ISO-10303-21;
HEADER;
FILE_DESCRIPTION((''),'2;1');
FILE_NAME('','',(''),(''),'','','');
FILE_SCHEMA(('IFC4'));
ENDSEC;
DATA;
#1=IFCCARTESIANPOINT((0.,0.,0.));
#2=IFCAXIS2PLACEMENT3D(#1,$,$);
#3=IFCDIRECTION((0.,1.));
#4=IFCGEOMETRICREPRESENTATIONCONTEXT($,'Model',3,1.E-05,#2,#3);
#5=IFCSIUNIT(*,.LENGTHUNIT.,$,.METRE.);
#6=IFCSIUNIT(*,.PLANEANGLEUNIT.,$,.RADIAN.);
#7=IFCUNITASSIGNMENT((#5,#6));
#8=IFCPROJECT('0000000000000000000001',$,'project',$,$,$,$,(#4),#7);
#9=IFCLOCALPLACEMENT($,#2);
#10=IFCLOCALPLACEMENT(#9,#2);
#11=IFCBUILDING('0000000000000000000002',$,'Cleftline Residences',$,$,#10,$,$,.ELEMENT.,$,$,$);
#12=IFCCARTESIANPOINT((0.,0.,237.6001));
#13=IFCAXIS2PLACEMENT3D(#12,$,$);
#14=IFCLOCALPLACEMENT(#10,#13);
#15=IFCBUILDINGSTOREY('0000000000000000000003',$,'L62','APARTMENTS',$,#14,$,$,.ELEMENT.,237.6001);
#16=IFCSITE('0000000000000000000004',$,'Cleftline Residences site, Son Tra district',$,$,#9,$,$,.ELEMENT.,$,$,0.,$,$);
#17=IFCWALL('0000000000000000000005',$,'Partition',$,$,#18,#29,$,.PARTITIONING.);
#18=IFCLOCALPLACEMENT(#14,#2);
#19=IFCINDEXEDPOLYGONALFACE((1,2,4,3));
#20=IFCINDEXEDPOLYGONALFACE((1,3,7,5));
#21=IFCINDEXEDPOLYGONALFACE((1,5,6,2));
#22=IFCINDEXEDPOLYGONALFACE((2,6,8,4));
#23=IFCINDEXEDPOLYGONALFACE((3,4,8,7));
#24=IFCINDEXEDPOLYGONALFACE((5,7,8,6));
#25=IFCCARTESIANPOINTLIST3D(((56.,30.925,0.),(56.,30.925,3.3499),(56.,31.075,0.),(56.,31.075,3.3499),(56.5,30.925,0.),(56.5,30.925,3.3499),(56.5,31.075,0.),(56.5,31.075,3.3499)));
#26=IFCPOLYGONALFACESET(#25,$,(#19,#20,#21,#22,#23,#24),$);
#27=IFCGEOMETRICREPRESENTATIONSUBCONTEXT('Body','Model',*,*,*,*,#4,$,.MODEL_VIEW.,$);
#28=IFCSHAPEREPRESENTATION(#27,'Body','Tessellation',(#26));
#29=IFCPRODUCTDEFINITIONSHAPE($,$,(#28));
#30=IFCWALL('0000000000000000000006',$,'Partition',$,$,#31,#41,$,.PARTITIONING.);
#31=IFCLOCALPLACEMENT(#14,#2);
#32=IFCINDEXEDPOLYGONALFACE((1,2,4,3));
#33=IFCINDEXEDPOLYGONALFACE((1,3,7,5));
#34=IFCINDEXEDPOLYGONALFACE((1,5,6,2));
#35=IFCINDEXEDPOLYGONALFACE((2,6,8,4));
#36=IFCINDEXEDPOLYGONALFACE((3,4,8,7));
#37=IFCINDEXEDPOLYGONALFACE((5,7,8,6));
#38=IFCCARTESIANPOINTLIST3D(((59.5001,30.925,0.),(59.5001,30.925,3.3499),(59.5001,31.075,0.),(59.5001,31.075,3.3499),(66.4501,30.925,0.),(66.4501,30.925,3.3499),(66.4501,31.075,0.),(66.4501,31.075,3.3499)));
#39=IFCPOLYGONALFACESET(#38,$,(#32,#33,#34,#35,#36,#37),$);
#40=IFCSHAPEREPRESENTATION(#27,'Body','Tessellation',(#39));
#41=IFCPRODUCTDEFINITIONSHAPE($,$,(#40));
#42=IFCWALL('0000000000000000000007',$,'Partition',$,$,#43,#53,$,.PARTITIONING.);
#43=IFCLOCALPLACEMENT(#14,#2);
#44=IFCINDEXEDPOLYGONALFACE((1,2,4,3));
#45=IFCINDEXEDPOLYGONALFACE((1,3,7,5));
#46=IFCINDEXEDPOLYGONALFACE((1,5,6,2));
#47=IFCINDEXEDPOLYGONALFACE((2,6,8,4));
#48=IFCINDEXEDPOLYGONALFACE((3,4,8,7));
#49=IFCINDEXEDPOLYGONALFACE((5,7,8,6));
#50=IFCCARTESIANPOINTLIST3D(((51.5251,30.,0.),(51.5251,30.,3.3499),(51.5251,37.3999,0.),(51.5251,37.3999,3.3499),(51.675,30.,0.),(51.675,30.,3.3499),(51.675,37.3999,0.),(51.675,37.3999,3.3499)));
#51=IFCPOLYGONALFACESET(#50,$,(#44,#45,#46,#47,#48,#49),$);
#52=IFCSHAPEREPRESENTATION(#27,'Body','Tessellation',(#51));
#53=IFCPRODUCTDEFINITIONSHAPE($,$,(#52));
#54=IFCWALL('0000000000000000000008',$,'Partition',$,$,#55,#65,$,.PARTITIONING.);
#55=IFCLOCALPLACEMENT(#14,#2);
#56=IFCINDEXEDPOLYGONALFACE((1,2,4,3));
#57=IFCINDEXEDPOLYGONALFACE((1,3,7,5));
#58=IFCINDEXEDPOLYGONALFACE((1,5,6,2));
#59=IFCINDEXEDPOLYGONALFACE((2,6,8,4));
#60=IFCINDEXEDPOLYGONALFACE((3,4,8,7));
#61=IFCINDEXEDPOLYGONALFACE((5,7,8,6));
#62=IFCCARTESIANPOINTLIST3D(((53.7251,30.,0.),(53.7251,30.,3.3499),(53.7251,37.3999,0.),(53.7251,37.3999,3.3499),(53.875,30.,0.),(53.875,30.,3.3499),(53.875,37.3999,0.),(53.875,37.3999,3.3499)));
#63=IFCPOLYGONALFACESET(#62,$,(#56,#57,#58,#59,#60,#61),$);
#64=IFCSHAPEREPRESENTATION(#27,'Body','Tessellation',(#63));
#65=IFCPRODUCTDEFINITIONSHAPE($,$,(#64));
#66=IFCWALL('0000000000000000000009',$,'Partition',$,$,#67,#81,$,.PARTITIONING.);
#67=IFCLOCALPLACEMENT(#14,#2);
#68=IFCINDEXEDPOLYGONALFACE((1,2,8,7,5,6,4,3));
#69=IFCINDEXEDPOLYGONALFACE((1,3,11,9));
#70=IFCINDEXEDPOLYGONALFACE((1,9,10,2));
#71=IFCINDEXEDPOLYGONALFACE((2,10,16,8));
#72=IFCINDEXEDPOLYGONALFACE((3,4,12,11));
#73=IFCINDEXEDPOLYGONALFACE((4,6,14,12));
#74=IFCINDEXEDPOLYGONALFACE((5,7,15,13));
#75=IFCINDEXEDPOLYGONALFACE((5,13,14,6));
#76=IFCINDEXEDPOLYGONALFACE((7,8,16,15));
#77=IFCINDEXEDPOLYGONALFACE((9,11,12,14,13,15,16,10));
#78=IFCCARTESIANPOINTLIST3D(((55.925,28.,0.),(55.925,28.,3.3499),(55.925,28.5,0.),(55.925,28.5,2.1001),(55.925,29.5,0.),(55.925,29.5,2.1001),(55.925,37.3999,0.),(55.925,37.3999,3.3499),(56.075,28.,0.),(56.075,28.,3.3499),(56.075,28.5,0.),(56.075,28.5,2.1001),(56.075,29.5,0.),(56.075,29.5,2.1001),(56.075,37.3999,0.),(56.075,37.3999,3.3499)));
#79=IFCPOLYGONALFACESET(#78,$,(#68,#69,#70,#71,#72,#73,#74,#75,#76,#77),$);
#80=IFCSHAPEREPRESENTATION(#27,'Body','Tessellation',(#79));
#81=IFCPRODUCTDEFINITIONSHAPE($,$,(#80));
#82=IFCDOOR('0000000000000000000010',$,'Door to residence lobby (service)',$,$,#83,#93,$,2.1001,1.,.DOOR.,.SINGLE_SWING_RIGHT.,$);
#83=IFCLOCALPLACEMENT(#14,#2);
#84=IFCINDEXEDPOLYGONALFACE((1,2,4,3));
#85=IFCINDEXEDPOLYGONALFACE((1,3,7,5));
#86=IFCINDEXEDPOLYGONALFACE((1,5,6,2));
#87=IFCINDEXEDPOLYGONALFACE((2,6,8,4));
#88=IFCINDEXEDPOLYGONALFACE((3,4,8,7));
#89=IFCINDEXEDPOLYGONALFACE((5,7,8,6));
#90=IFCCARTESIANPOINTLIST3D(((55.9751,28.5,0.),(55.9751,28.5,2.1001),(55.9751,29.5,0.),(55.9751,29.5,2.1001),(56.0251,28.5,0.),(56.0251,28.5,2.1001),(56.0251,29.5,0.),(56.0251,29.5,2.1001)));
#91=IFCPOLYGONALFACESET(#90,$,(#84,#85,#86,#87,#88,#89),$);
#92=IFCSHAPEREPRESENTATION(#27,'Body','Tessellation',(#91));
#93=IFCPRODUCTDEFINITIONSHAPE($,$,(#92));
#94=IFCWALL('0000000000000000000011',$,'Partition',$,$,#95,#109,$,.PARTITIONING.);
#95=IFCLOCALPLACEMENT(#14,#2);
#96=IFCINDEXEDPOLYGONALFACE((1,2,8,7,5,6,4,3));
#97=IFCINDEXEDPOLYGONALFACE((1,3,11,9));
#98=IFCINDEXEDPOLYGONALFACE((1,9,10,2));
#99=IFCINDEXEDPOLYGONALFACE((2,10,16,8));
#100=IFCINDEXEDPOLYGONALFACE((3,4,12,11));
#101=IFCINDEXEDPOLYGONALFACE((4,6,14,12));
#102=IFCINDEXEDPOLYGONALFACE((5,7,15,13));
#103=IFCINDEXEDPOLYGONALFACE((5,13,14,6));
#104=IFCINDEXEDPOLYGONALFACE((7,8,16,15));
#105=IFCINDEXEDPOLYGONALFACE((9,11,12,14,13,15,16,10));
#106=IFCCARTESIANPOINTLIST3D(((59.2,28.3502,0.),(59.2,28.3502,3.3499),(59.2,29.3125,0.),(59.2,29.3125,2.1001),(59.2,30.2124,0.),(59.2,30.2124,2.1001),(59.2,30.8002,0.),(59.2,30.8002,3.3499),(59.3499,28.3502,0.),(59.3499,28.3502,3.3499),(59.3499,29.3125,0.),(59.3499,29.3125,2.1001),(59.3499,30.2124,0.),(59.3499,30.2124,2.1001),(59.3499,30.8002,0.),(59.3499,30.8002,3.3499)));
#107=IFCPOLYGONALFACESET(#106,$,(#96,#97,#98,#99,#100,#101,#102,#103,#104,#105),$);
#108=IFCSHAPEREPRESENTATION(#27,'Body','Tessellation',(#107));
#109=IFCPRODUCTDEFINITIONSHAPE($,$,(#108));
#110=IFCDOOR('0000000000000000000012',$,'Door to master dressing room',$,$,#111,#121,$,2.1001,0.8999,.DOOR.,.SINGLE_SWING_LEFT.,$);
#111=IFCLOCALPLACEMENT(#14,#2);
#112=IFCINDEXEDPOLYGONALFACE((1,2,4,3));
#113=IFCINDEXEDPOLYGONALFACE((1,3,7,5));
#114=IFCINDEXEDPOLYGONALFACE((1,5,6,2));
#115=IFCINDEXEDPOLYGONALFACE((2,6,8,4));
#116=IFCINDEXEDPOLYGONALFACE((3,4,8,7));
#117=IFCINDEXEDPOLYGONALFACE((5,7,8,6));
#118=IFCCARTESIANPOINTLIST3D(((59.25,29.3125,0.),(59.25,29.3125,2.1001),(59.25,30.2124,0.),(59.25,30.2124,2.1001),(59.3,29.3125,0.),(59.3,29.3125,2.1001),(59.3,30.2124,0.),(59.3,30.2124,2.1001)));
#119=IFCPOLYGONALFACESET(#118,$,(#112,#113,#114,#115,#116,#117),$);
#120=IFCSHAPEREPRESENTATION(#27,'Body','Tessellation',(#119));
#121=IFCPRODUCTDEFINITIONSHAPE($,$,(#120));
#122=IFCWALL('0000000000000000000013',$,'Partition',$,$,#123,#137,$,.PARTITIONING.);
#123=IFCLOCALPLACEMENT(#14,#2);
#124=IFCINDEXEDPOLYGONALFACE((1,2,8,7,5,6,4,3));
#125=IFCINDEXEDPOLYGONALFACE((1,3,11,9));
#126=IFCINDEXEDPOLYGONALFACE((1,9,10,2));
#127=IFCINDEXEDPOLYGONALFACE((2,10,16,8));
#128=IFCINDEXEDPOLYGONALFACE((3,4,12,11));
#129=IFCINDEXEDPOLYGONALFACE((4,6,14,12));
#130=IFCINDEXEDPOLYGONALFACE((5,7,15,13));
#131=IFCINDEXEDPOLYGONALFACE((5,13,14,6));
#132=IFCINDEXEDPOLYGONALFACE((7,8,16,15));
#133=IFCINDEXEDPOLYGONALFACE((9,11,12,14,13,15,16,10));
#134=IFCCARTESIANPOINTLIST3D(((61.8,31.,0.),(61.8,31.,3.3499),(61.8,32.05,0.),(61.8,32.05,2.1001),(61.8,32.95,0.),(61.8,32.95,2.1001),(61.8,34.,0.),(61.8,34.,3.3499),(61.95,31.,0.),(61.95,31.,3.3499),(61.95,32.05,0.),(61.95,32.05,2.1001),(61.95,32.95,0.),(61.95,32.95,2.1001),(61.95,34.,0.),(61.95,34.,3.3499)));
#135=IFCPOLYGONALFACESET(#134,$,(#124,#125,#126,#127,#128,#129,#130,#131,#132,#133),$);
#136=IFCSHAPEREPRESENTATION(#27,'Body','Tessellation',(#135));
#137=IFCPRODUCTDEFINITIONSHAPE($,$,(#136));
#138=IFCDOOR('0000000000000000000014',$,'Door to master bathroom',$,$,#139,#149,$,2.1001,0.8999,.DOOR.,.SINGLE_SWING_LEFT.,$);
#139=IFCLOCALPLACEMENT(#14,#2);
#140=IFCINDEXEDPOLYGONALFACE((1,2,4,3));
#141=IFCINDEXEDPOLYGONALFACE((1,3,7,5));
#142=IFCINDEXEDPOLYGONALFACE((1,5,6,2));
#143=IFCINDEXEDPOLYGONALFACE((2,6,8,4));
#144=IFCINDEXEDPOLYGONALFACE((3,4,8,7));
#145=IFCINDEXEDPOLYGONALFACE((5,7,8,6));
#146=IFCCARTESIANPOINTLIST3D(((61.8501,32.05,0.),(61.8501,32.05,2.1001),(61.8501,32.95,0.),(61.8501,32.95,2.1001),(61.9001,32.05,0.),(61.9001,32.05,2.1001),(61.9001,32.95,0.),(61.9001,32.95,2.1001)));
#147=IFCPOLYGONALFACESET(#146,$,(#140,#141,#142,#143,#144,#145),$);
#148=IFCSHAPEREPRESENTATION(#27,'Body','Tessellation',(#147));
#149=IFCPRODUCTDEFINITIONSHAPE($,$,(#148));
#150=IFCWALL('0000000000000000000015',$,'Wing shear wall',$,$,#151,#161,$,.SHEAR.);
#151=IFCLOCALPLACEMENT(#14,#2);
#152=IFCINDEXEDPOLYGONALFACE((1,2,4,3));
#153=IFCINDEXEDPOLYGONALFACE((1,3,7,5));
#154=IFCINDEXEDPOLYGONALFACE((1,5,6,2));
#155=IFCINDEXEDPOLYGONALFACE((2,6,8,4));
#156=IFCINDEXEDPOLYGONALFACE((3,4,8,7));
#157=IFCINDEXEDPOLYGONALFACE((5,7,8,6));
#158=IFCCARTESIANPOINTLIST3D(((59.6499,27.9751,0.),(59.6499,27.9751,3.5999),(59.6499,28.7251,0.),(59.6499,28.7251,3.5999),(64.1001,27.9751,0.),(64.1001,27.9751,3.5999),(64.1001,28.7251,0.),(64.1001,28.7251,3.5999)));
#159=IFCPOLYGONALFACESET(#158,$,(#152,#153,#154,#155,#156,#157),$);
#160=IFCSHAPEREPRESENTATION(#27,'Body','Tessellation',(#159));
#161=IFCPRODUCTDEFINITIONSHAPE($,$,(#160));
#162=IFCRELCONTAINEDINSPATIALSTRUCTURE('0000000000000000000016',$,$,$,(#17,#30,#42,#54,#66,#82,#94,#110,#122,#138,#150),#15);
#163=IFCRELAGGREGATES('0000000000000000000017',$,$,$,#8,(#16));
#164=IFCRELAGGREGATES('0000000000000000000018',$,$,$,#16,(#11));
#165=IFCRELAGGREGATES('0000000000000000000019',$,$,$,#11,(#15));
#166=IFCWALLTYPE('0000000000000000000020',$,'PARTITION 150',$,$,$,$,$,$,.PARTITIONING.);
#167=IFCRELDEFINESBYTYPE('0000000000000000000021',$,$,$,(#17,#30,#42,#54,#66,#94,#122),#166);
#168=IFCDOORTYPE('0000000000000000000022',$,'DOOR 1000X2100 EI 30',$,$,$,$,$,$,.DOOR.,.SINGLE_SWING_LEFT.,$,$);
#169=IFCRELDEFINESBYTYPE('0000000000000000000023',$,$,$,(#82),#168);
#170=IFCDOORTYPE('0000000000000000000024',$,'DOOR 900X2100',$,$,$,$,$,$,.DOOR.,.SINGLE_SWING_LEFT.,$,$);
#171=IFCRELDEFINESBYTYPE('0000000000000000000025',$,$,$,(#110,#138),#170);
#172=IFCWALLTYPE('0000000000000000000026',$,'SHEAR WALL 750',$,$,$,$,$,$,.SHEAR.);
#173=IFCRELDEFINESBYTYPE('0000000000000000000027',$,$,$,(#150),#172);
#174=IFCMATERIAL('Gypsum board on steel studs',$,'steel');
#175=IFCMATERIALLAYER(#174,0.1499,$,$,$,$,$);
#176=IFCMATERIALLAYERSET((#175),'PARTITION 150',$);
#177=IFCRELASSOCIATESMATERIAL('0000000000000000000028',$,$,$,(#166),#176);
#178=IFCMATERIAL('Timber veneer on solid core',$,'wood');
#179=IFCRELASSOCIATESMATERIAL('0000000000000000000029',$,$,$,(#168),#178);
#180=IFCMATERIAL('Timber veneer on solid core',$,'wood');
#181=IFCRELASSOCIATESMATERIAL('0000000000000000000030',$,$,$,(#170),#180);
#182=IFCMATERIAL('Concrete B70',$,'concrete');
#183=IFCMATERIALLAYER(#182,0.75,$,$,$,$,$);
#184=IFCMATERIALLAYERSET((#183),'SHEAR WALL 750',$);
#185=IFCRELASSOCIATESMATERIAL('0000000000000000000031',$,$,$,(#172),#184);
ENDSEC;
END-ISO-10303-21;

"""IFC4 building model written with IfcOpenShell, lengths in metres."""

from ifc_helpers import new_model, si_unit, direction, frame, frame_2d, origin, place, context, subcontext, project, spatial, rectangle, extrude, material, layer, layer_set, type_object, element, fill, save


model = new_model("IFC4")

# Units and contexts
model_context = context("Model", 3, precision=1e-05, world=origin(), true_north=direction((0.0, 1.0)))
body_context = subcontext(model_context, "Body", "Model", "MODEL_VIEW")
ifc_project = project(units=[si_unit("LENGTHUNIT", "METRE"), si_unit("PLANEANGLEUNIT", "RADIAN")], contexts=[model_context])

# Site, building, storey
site_placement = place(None, origin())
site = spatial("IfcSite", under=ifc_project, at=site_placement, Name="Cleftline Residences site, Son Tra district", CompositionType="ELEMENT", RefElevation=0.0)
building_placement = place(site_placement, origin())
building = spatial("IfcBuilding", under=site, at=building_placement, Name="Cleftline Residences", CompositionType="ELEMENT")
storey_placement = place(building_placement, frame((0.0, 0.0, 237.6001)))
storey = spatial("IfcBuildingStorey", under=building, at=storey_placement, Name="L62", Description="APARTMENTS", CompositionType="ELEMENT", Elevation=237.6001)

# Shared definitions
ifc_material_1 = material(Name="Gypsum board on steel studs", Category="steel")
ifc_layer_1 = layer(ifc_material_1, 0.1499)
ifc_layer_set_1 = layer_set([ifc_layer_1], Name="PARTITION 150")
wall_type_1 = type_object("IfcWallType", Name="PARTITION 150", PredefinedType="PARTITIONING", material=ifc_layer_set_1)

# Walls
wall_1_placement = place(storey_placement, frame((56.0, 31.0, 0.0), z_axis=(0.0, 0.0, 1.0), x_axis=(1.0, 0.0, 0.0)))
element("IfcWall", 1, at=wall_1_placement, inside=storey, type_object=wall_type_1, Name="Partition", PredefinedType="PARTITIONING", context=body_context, shape_type="SweptSolid", body=[
    extrude(rectangle(XDim=0.5, YDim=0.1499, at=frame_2d((0.25, 0.0))), origin(), (0.0, 0.0, 1.0), 3.3499),
])
wall_2_placement = place(storey_placement, frame((59.5, 31.0, 0.0), z_axis=(0.0, 0.0, 1.0), x_axis=(1.0, 0.0, 0.0)))
element("IfcWall", 2, at=wall_2_placement, inside=storey, type_object=wall_type_1, Name="Partition", PredefinedType="PARTITIONING", context=body_context, shape_type="SweptSolid", body=[
    extrude(rectangle(XDim=6.95, YDim=0.1499, at=frame_2d((3.4751, 0.0))), origin(), (0.0, 0.0, 1.0), 3.3499),
])
for number, where, z_axis, x_axis, name in (
    (3, (51.6001, 30.0, 0.0), (0.0, 0.0, 1.0), (0.0, 1.0, 0.0), "Partition"),
    (4, (53.8, 30.0, 0.0), (0.0, 0.0, 1.0), (0.0, 1.0, 0.0), "Partition"),
):
    element("IfcWall", number, at=place(storey_placement, frame(where, z_axis=z_axis, x_axis=x_axis)), inside=storey, type_object=wall_type_1, Name=name, PredefinedType="PARTITIONING", context=body_context, shape_type="SweptSolid", body=[
        extrude(rectangle(XDim=7.3999, YDim=0.1499, at=frame_2d((3.7, 0.0))), origin(), (0.0, 0.0, 1.0), 3.3499),
    ])

# Walls, openings, doors
wall_3_placement = place(storey_placement, frame((56.0, 28.0, 0.0), z_axis=(0.0, 0.0, 1.0), x_axis=(0.0, 1.0, 0.0)))
wall_3 = element("IfcWall", 5, at=wall_3_placement, inside=storey, type_object=wall_type_1, Name="Partition", PredefinedType="PARTITIONING", context=body_context, shape_type="SweptSolid", body=[
    extrude(rectangle(XDim=9.3999, YDim=0.1499, at=frame_2d((4.7, 0.0))), origin(), (0.0, 0.0, 1.0), 3.3499),
])
opening_1_placement = place(wall_3_placement, frame((0.5, 0.0, 0.0)))
opening_1 = element("IfcOpeningElement", 6, at=opening_1_placement, cuts=wall_3, PredefinedType="OPENING", context=body_context, shape_type="SweptSolid", body=[
    extrude(rectangle(XDim=1.0, YDim=2.1001, at=frame_2d((0.5, 1.05))), frame((0.0, 0.085, 0.0), z_axis=(0.0, -1.0, 0.0), x_axis=(1.0, 0.0, 0.0)), (0.0, 0.0, 1.0), 0.1699),
])
ifc_material_2 = material(Name="Timber veneer on solid core", Category="wood")
door_type_1 = type_object("IfcDoorType", Name="DOOR 1000X2100 EI 30", OperationType="SINGLE_SWING_LEFT", PredefinedType="DOOR", material=ifc_material_2)
door_1_placement = place(opening_1_placement, origin())
door_1 = element("IfcDoor", 7, at=door_1_placement, inside=storey, type_object=door_type_1, Name="Door to residence lobby (service)", OperationType="SINGLE_SWING_RIGHT", OverallHeight=2.1001, OverallWidth=1.0, PredefinedType="DOOR", context=body_context, shape_type="SweptSolid", body=[
    extrude(rectangle(XDim=1.0, YDim=2.1001, at=frame_2d((0.5, 1.05))), frame((0.0, 0.0249, 0.0), z_axis=(0.0, -1.0, 0.0), x_axis=(1.0, 0.0, 0.0)), (0.0, 0.0, 1.0), 0.05),
])
fill(opening_1, door_1)
wall_4_placement = place(storey_placement, frame((59.2749, 28.3501, 0.0), z_axis=(0.0, 0.0, 1.0), x_axis=(0.0, 1.0, 0.0)))
wall_4 = element("IfcWall", 8, at=wall_4_placement, inside=storey, type_object=wall_type_1, Name="Partition", PredefinedType="PARTITIONING", context=body_context, shape_type="SweptSolid", body=[
    extrude(rectangle(XDim=2.45, YDim=0.1499, at=frame_2d((1.2251, 0.0))), origin(), (0.0, 0.0, 1.0), 3.3499),
])
opening_2_placement = place(wall_4_placement, frame((0.9624, 0.0, 0.0)))
opening_2 = element("IfcOpeningElement", 9, at=opening_2_placement, cuts=wall_4, PredefinedType="OPENING", context=body_context, shape_type="SweptSolid", body=[
    extrude(rectangle(XDim=0.8999, YDim=2.1001, at=frame_2d((0.45, 1.05))), frame((0.0, 0.085, 0.0), z_axis=(0.0, -1.0, 0.0), x_axis=(1.0, 0.0, 0.0)), (0.0, 0.0, 1.0), 0.1699),
])
ifc_material_3 = material(Name="Timber veneer on solid core", Category="wood")
door_type_2 = type_object("IfcDoorType", Name="DOOR 900X2100", OperationType="SINGLE_SWING_LEFT", PredefinedType="DOOR", material=ifc_material_3)
door_2_placement = place(opening_2_placement, origin())
door_2 = element("IfcDoor", 10, at=door_2_placement, inside=storey, type_object=door_type_2, Name="Door to master dressing room", OperationType="SINGLE_SWING_LEFT", OverallHeight=2.1001, OverallWidth=0.8999, PredefinedType="DOOR", context=body_context, shape_type="SweptSolid", body=[
    extrude(rectangle(XDim=0.8999, YDim=2.1001, at=frame_2d((0.45, 1.05))), frame((0.0, 0.0249, 0.0), z_axis=(0.0, -1.0, 0.0), x_axis=(1.0, 0.0, 0.0)), (0.0, 0.0, 1.0), 0.05),
])
fill(opening_2, door_2)
wall_5_placement = place(storey_placement, frame((61.875, 31.0, 0.0), z_axis=(0.0, 0.0, 1.0), x_axis=(0.0, 1.0, 0.0)))
wall_5 = element("IfcWall", 11, at=wall_5_placement, inside=storey, type_object=wall_type_1, Name="Partition", PredefinedType="PARTITIONING", context=body_context, shape_type="SweptSolid", body=[
    extrude(rectangle(XDim=3.0, YDim=0.1499, at=frame_2d((1.5, 0.0))), origin(), (0.0, 0.0, 1.0), 3.3499),
])
opening_3_placement = place(wall_5_placement, frame((1.05, 0.0, 0.0)))
opening_3 = element("IfcOpeningElement", 12, at=opening_3_placement, cuts=wall_5, PredefinedType="OPENING", context=body_context, shape_type="SweptSolid", body=[
    extrude(rectangle(XDim=0.8999, YDim=2.1001, at=frame_2d((0.45, 1.05))), frame((0.0, 0.085, 0.0), z_axis=(0.0, -1.0, 0.0), x_axis=(1.0, 0.0, 0.0)), (0.0, 0.0, 1.0), 0.1699),
])
door_3_placement = place(opening_3_placement, origin())
door_3 = element("IfcDoor", 13, at=door_3_placement, inside=storey, type_object=door_type_2, Name="Door to master bathroom", OperationType="SINGLE_SWING_LEFT", OverallHeight=2.1001, OverallWidth=0.8999, PredefinedType="DOOR", context=body_context, shape_type="SweptSolid", body=[
    extrude(rectangle(XDim=0.8999, YDim=2.1001, at=frame_2d((0.45, 1.05))), frame((0.0, 0.0249, 0.0), z_axis=(0.0, -1.0, 0.0), x_axis=(1.0, 0.0, 0.0)), (0.0, 0.0, 1.0), 0.05),
])
fill(opening_3, door_3)

# Wall
ifc_material_4 = material(Name="Concrete B70", Category="concrete")
ifc_layer_2 = layer(ifc_material_4, 0.75)
ifc_layer_set_2 = layer_set([ifc_layer_2], Name="SHEAR WALL 750")
wall_type_2 = type_object("IfcWallType", Name="SHEAR WALL 750", PredefinedType="SHEAR", material=ifc_layer_set_2)
wall_6_placement = place(storey_placement, frame((64.1001, 28.3501, 0.0), z_axis=(0.0, 0.0, 1.0), x_axis=(-1.0, 0.0, 0.0)))
element("IfcWall", 14, at=wall_6_placement, inside=storey, type_object=wall_type_2, Name="Wing shear wall", PredefinedType="SHEAR", context=body_context, shape_type="SweptSolid", body=[
    extrude(rectangle(XDim=4.4502, YDim=0.75, at=frame_2d((2.2251, 0.0))), origin(), (0.0, 0.0, 1.0), 3.5999),
])

save(model, "model.ifc")
